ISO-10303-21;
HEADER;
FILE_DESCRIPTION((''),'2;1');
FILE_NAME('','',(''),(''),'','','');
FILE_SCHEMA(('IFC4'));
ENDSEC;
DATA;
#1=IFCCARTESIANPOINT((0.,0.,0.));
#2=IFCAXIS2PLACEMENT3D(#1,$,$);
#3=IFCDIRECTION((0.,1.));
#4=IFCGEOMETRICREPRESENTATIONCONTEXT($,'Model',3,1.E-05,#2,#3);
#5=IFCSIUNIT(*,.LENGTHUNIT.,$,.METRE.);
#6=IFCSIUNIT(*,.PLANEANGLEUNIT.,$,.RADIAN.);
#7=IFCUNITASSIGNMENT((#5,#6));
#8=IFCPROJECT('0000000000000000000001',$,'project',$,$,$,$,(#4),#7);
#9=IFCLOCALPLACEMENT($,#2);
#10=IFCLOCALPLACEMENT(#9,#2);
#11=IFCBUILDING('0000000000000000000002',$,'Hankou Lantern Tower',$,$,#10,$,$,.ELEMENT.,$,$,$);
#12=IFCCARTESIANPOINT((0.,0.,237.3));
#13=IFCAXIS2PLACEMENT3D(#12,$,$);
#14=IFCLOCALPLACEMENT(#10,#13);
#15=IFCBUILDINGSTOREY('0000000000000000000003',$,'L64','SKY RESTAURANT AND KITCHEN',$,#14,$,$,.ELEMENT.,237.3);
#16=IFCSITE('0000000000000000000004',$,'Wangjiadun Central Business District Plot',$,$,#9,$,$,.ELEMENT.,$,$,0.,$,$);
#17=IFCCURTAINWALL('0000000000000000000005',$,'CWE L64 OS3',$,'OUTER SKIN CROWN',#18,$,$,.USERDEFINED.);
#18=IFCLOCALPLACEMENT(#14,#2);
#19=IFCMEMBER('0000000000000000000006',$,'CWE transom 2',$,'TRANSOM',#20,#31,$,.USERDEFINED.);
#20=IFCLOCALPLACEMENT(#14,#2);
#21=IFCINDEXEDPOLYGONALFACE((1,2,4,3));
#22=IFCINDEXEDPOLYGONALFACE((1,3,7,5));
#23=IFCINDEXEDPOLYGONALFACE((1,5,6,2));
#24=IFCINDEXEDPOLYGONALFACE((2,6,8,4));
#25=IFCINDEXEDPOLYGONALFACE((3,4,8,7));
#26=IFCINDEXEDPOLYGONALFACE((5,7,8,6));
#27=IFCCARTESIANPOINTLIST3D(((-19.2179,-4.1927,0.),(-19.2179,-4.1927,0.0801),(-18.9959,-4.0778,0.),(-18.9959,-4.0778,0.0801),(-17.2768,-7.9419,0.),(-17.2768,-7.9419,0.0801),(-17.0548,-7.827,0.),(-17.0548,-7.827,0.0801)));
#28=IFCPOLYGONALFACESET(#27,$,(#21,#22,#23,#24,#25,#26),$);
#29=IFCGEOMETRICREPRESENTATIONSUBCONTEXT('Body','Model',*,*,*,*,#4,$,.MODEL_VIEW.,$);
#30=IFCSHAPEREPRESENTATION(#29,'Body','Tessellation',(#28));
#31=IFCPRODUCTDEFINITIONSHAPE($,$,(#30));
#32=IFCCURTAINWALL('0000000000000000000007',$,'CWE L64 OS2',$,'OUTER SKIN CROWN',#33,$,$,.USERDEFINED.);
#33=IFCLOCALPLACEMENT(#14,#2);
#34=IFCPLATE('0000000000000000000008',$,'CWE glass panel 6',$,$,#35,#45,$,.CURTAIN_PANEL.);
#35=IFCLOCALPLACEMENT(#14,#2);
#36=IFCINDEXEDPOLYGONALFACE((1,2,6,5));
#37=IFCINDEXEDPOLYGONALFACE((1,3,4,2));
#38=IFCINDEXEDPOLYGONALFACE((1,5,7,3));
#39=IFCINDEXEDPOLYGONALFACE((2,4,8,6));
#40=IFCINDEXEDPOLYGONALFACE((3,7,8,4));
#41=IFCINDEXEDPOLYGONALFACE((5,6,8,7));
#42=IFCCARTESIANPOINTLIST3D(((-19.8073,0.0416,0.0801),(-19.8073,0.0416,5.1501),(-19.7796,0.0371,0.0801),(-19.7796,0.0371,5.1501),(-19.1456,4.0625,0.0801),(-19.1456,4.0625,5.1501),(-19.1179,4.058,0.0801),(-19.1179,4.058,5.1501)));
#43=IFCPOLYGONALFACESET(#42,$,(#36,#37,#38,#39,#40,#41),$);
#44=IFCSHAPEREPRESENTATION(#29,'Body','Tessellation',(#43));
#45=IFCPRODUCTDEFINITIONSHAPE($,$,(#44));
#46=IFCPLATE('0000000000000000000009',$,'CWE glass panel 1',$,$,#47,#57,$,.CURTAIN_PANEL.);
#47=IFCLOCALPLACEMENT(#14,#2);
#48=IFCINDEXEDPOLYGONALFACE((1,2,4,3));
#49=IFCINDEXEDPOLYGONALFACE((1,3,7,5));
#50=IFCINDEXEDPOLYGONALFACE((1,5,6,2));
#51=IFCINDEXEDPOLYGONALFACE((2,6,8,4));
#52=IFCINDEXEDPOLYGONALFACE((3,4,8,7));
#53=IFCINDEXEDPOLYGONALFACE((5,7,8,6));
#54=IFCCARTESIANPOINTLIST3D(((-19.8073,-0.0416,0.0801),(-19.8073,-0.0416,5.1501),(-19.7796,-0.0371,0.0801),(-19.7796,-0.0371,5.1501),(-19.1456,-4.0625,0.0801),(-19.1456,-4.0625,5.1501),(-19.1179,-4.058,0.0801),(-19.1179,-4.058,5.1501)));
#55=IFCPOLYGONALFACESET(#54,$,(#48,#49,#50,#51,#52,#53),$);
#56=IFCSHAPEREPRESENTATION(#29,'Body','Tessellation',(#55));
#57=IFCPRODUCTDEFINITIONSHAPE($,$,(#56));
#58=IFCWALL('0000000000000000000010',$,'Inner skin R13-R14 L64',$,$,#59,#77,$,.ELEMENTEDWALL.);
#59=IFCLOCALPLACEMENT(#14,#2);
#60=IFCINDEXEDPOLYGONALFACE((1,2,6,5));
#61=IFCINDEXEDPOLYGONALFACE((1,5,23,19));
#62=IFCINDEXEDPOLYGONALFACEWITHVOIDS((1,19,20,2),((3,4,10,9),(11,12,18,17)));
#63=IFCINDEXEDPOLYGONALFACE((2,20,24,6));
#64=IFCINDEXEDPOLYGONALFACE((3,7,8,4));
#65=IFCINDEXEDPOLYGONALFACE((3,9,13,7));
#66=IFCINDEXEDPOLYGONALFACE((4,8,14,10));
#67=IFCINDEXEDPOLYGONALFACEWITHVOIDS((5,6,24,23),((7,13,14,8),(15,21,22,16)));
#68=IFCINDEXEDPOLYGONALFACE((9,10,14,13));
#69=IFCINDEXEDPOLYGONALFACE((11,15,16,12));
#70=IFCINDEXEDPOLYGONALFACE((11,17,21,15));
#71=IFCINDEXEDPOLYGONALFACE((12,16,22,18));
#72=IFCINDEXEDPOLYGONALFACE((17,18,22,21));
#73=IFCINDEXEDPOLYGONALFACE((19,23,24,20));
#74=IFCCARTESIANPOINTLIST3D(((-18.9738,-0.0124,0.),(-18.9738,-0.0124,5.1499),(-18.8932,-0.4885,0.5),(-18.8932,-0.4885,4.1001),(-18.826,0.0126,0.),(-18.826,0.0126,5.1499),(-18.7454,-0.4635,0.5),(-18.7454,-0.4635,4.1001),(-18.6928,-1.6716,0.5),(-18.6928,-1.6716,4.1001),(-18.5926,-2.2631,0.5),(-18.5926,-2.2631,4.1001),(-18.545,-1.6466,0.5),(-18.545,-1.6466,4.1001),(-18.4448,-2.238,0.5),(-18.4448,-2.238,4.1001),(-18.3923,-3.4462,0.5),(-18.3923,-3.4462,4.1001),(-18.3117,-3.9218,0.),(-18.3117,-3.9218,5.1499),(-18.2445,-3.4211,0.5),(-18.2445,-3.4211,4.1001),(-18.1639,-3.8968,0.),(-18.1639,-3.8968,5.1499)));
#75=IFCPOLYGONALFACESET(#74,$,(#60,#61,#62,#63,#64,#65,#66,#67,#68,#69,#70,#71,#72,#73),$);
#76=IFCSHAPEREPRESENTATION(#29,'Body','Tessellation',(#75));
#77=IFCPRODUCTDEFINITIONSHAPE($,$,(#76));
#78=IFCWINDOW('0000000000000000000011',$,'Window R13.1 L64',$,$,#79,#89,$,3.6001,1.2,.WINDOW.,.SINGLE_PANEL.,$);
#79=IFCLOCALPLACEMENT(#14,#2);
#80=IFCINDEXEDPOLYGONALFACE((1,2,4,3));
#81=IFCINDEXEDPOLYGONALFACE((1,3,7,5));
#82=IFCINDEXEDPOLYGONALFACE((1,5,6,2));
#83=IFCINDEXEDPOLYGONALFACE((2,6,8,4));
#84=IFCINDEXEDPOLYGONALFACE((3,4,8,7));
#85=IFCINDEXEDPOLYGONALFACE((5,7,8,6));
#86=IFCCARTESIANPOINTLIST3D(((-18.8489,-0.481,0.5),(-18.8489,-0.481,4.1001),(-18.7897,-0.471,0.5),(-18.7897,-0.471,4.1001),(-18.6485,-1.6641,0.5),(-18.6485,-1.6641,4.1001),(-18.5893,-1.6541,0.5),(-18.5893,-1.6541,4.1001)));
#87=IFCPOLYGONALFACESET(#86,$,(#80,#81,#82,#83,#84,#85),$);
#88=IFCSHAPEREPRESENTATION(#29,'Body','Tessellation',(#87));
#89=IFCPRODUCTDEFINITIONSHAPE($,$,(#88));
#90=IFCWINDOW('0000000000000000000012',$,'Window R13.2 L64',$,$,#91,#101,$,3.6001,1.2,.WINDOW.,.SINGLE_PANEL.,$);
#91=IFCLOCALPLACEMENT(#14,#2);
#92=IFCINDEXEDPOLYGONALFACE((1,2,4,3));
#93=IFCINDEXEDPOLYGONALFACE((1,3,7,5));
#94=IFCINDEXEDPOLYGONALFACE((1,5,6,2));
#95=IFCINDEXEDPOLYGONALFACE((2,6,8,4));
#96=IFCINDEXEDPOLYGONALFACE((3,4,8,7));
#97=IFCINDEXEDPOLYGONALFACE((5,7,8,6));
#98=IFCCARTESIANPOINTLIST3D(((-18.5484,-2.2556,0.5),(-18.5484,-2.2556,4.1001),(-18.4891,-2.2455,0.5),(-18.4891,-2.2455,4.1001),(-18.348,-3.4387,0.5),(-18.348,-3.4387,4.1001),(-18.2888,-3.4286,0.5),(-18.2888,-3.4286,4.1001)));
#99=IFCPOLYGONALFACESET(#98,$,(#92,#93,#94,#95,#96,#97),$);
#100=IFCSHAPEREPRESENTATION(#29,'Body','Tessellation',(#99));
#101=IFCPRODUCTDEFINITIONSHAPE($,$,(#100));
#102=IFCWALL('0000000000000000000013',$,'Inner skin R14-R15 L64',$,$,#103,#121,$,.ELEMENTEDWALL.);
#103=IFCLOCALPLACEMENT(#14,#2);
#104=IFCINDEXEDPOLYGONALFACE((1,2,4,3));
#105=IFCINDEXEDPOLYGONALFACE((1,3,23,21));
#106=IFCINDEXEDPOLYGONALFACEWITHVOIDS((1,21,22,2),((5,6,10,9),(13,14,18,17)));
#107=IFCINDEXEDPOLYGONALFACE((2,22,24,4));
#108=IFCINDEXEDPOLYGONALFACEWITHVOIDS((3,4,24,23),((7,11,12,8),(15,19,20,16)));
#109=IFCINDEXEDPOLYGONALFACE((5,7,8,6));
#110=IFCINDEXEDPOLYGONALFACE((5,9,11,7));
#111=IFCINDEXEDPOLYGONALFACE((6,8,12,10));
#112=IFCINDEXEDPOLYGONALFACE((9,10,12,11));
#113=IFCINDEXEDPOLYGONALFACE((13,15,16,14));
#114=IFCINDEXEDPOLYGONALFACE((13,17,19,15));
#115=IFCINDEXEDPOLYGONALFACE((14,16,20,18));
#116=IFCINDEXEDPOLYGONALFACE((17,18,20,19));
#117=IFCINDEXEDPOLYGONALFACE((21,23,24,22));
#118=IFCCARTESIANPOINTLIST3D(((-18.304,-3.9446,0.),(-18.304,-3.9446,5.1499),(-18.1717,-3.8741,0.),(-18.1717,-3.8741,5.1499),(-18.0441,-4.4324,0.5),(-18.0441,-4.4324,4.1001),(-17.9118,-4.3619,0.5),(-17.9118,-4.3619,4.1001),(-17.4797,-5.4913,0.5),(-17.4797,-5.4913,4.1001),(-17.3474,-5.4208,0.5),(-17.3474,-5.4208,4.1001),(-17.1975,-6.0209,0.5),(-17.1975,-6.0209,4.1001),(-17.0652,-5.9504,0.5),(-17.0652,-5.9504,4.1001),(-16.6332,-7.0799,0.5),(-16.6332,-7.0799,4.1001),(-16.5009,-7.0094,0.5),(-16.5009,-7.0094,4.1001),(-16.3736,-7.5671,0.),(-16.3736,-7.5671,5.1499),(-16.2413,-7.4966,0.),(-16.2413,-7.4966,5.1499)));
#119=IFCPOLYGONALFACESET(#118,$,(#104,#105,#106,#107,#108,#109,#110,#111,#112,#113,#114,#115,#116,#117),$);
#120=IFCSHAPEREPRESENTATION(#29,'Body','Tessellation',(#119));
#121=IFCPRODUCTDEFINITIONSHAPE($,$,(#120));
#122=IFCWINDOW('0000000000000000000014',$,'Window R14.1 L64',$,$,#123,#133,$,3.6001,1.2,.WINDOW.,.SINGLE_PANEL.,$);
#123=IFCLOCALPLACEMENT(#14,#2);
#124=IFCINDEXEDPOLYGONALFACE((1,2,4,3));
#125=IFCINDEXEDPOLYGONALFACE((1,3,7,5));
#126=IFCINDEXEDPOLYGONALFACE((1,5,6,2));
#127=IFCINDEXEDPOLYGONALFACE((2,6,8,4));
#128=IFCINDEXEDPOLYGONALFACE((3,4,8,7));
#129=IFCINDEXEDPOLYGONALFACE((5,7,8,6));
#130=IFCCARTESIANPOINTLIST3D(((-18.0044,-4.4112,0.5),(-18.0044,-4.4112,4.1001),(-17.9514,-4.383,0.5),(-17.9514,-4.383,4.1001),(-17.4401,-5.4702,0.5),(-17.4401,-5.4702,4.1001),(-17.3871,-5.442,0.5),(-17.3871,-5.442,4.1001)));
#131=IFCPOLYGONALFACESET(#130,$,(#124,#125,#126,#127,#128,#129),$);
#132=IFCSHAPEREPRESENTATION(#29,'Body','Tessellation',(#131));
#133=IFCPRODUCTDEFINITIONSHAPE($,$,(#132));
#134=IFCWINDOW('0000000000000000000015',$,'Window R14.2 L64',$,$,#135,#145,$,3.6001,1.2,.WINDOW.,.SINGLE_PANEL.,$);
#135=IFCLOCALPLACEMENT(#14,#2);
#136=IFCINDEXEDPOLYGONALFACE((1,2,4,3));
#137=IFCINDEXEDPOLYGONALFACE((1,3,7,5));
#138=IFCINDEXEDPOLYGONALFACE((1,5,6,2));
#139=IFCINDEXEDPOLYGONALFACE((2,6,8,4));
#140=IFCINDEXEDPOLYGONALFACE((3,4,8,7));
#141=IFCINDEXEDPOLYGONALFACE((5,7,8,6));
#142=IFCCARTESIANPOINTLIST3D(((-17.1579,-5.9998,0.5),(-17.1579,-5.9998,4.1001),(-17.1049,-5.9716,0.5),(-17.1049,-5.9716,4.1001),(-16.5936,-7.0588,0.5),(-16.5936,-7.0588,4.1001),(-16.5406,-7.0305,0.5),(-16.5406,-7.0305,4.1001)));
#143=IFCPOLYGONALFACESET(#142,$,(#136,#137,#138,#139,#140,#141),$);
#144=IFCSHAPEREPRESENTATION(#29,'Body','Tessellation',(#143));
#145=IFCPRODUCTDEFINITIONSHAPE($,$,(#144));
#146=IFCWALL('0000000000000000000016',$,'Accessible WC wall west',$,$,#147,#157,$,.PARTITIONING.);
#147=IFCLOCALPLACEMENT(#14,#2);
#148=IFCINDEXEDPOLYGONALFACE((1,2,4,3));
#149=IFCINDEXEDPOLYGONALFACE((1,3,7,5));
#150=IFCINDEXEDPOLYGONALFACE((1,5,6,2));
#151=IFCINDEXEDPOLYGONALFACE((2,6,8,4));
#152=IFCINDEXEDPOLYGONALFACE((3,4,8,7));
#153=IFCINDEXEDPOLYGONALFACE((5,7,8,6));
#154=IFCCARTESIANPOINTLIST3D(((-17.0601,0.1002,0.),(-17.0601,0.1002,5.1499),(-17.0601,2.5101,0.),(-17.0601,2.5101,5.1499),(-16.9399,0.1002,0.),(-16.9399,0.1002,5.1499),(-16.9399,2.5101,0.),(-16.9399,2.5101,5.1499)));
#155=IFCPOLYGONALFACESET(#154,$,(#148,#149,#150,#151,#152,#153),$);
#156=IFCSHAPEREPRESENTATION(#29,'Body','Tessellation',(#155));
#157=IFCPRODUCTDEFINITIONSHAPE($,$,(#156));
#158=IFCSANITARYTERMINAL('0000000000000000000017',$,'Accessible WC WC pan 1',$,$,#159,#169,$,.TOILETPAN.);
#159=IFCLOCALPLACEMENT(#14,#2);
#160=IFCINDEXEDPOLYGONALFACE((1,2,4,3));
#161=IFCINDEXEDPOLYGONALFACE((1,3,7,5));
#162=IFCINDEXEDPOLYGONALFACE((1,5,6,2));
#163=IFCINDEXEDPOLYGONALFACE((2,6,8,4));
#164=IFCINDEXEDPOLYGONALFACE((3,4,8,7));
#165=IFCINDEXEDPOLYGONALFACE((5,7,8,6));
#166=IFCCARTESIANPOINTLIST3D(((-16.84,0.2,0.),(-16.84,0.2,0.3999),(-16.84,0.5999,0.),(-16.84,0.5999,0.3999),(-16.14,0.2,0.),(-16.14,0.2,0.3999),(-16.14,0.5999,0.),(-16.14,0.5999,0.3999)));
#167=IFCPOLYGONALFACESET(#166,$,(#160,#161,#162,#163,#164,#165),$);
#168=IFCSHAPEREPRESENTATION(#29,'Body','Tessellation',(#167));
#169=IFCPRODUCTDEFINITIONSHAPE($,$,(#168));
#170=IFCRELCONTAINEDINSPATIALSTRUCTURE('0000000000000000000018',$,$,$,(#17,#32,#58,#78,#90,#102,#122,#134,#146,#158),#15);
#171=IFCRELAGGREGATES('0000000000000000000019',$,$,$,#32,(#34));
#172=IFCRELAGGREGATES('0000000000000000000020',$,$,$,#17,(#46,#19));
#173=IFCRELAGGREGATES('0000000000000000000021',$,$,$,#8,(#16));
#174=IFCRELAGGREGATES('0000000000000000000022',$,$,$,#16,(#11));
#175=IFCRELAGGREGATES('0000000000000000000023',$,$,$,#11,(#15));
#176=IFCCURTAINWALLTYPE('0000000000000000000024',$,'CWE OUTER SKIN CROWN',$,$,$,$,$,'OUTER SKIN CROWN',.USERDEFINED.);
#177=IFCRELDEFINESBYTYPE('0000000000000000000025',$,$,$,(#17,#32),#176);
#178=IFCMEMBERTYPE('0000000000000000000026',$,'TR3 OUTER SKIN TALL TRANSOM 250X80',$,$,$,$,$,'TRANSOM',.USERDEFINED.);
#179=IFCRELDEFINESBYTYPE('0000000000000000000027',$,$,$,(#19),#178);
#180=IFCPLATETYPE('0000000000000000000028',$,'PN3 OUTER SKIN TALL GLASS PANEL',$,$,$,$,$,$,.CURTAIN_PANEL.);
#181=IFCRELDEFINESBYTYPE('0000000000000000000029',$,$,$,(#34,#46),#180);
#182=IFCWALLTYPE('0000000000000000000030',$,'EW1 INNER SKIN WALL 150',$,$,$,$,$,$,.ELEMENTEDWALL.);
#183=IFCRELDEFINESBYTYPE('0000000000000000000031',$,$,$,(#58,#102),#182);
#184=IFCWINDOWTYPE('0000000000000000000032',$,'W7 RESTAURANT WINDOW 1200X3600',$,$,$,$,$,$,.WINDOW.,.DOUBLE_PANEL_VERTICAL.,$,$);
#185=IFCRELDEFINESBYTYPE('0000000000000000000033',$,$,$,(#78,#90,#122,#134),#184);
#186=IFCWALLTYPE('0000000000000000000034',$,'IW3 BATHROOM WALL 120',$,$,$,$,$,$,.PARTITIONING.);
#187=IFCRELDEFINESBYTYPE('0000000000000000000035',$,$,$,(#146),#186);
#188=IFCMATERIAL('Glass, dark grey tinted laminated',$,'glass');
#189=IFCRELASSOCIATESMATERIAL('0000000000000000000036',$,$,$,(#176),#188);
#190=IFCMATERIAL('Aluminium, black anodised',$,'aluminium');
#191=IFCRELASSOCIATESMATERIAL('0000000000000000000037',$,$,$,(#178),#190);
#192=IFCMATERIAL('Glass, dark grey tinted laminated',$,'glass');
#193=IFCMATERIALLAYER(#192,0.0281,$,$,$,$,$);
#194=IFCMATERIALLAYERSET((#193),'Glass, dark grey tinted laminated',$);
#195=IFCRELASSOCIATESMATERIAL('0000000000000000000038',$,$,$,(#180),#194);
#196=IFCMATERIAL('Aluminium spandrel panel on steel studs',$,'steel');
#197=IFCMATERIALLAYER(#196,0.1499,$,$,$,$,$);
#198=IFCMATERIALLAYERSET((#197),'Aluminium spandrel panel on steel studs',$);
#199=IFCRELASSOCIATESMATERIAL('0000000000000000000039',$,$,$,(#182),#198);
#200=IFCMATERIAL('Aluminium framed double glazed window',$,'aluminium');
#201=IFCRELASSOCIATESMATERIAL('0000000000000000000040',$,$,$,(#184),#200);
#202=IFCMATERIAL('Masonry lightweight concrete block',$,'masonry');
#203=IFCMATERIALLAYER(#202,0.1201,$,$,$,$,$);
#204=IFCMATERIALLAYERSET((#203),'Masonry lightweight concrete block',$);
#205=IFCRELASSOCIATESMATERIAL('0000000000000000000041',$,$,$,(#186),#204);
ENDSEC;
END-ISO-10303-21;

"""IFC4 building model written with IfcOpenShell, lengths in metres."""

from ifc_helpers import new_model, si_unit, direction, frame, frame_2d, origin, origin_2d, place, context, subcontext, project, spatial, rectangle, extrude, material, layer, layer_set, material_profile, profile_set, type_object, element, fill, aggregate, save


model = new_model("IFC4")

# Units and contexts
model_context = context("Model", 3, precision=1e-05, world=origin(), true_north=direction((0.0, 1.0)))
body_context = subcontext(model_context, "Body", "Model", "MODEL_VIEW")
ifc_project = project(units=[si_unit("LENGTHUNIT", "METRE"), si_unit("PLANEANGLEUNIT", "RADIAN")], contexts=[model_context])

# Site, building, storey
site_placement = place(None, origin())
site = spatial("IfcSite", under=ifc_project, at=site_placement, Name="Wangjiadun Central Business District Plot", CompositionType="ELEMENT", RefElevation=0.0)
building_placement = place(site_placement, origin())
building = spatial("IfcBuilding", under=site, at=building_placement, Name="Hankou Lantern Tower", CompositionType="ELEMENT")
storey_placement = place(building_placement, frame((0.0, 0.0, 237.3)))
storey = spatial("IfcBuildingStorey", under=building, at=storey_placement, Name="L64", Description="SKY RESTAURANT AND KITCHEN", CompositionType="ELEMENT", Elevation=237.3)

# Curtain wall
ifc_material_1 = material(Name="Glass, dark grey tinted laminated", Category="glass")
curtain_wall_type = type_object("IfcCurtainWallType", Name="CWE OUTER SKIN CROWN", ElementType="OUTER SKIN CROWN", PredefinedType="USERDEFINED", material=ifc_material_1)
curtain_wall_1_placement = place(storey_placement, origin())
curtain_wall_1 = element("IfcCurtainWall", 1, at=curtain_wall_1_placement, inside=storey, type_object=curtain_wall_type, Name="CWE L64 OS3", ObjectType="OUTER SKIN CROWN", PredefinedType="USERDEFINED")

# Member
ifc_material_2 = material(Name="Aluminium, black anodised", Category="aluminium")
ifc_material_profile_1 = material_profile(ifc_material_2, rectangle(XDim=0.25, YDim=0.0801, at=origin_2d()), Name="TR3 250X80")
ifc_profile_set_1 = profile_set([ifc_material_profile_1], Name="Aluminium, black anodised")
member_type_1 = type_object("IfcMemberType", Name="TR3 OUTER SKIN TALL TRANSOM 250X80", ElementType="TRANSOM", PredefinedType="USERDEFINED", material=ifc_profile_set_1)
member_1_placement = place(storey_placement, frame((-19.1069, -4.1353, 0.04), z_axis=(0.459775, -0.888035, 0.0), x_axis=(0.888035, 0.459775, 0.0)))
member_1 = element("IfcMember", 2, at=member_1_placement, type_object=member_type_1, Name="CWE transom 2", ObjectType="TRANSOM", PredefinedType="USERDEFINED", context=body_context, shape_type="SweptSolid", body=[
    extrude(rectangle(XDim=0.25, YDim=0.0801, at=origin_2d()), origin(), (0.0, 0.0, 1.0), 4.2219),
])

# Curtain wall, plate
curtain_wall_2_placement = place(storey_placement, origin())
curtain_wall_2 = element("IfcCurtainWall", 3, at=curtain_wall_2_placement, inside=storey, type_object=curtain_wall_type, Name="CWE L64 OS2", ObjectType="OUTER SKIN CROWN", PredefinedType="USERDEFINED")
ifc_material_3 = material(Name="Glass, dark grey tinted laminated", Category="glass")
ifc_layer_1 = layer(ifc_material_3, 0.0281)
ifc_layer_set_1 = layer_set([ifc_layer_1], Name="Glass, dark grey tinted laminated")
plate_type = type_object("IfcPlateType", Name="PN3 OUTER SKIN TALL GLASS PANEL", PredefinedType="CURTAIN_PANEL", material=ifc_layer_set_1)
plate_1_placement = place(storey_placement, frame((-19.4626, 2.0498, 0.0801), z_axis=(0.0, 0.0, 1.0), x_axis=(-0.162382, -0.986728, 0.0)))
plate_1 = element("IfcPlate", 4, at=plate_1_placement, type_object=plate_type, Name="CWE glass panel 6", PredefinedType="CURTAIN_PANEL", context=body_context, shape_type="SweptSolid", body=[
    extrude(rectangle(XDim=4.075, YDim=0.0281, at=origin_2d()), origin(), (0.0, 0.0, 1.0), 5.0701),
])
aggregate(curtain_wall_2, [plate_1])

# Plate
plate_2_placement = place(storey_placement, frame((-19.4626, -2.0498, 0.0801), z_axis=(0.0, 0.0, 1.0), x_axis=(0.162382, -0.986728, 0.0)))
plate_2 = element("IfcPlate", 5, at=plate_2_placement, type_object=plate_type, Name="CWE glass panel 1", PredefinedType="CURTAIN_PANEL", context=body_context, shape_type="SweptSolid", body=[
    extrude(rectangle(XDim=4.075, YDim=0.0281, at=origin_2d()), origin(), (0.0, 0.0, 1.0), 5.0701),
])
aggregate(curtain_wall_1, [plate_2, member_1])

# Walls, openings, windows
ifc_material_4 = material(Name="Aluminium spandrel panel on steel studs", Category="steel")
ifc_layer_2 = layer(ifc_material_4, 0.1499)
ifc_layer_set_2 = layer_set([ifc_layer_2], Name="Aluminium spandrel panel on steel studs")
wall_type_1 = type_object("IfcWallType", Name="EW1 INNER SKIN WALL 150", PredefinedType="ELEMENTEDWALL", material=ifc_layer_set_2)
wall_1_placement = place(storey_placement, frame((-18.8999, 0.0, 0.0), z_axis=(0.0, 0.0, 1.0), x_axis=(0.166984, -0.98596, 0.0)))
wall_1 = element("IfcWall", 6, at=wall_1_placement, inside=storey, type_object=wall_type_1, Name="Inner skin R13-R14 L64", PredefinedType="ELEMENTEDWALL", context=body_context, shape_type="SweptSolid", body=[
    extrude(rectangle(XDim=3.9651, YDim=0.1499, at=frame_2d((1.9824, 0.0))), origin(), (0.0, 0.0, 1.0), 5.1499),
])
opening_1_placement = place(wall_1_placement, frame((0.4827, 0.0, 0.5)))
opening_1 = element("IfcOpeningElement", 7, at=opening_1_placement, cuts=wall_1, PredefinedType="OPENING", context=body_context, shape_type="SweptSolid", body=[
    extrude(rectangle(XDim=1.2, YDim=3.6001, at=frame_2d((0.6001, 1.8))), frame((0.0, 0.085, 0.0), z_axis=(0.0, -1.0, 0.0), x_axis=(1.0, 0.0, 0.0)), (0.0, 0.0, 1.0), 0.1699),
])
opening_2_placement = place(wall_1_placement, frame((2.2825, 0.0, 0.5)))
opening_2 = element("IfcOpeningElement", 8, at=opening_2_placement, cuts=wall_1, PredefinedType="OPENING", context=body_context, shape_type="SweptSolid", body=[
    extrude(rectangle(XDim=1.2, YDim=3.6001, at=frame_2d((0.6001, 1.8))), frame((0.0, 0.085, 0.0), z_axis=(0.0, -1.0, 0.0), x_axis=(1.0, 0.0, 0.0)), (0.0, 0.0, 1.0), 0.1699),
])
ifc_material_5 = material(Name="Aluminium framed double glazed window", Category="aluminium")
window_type = type_object("IfcWindowType", Name="W7 RESTAURANT WINDOW 1200X3600", PartitioningType="DOUBLE_PANEL_VERTICAL", PredefinedType="WINDOW", material=ifc_material_5)
window_1_placement = place(opening_1_placement, origin())
window_1 = element("IfcWindow", 9, at=window_1_placement, inside=storey, type_object=window_type, Name="Window R13.1 L64", OverallHeight=3.6001, OverallWidth=1.2, PartitioningType="SINGLE_PANEL", PredefinedType="WINDOW", context=body_context, shape_type="SweptSolid", body=[
    extrude(rectangle(XDim=1.2, YDim=3.6001, at=frame_2d((0.6001, 1.8))), frame((0.0, 0.03, 0.0), z_axis=(0.0, -1.0, 0.0), x_axis=(1.0, 0.0, 0.0)), (0.0, 0.0, 1.0), 0.0601),
])
fill(opening_1, window_1)
window_2_placement = place(opening_2_placement, origin())
window_2 = element("IfcWindow", 10, at=window_2_placement, inside=storey, type_object=window_type, Name="Window R13.2 L64", OverallHeight=3.6001, OverallWidth=1.2, PartitioningType="SINGLE_PANEL", PredefinedType="WINDOW", context=body_context, shape_type="SweptSolid", body=[
    extrude(rectangle(XDim=1.2, YDim=3.6001, at=frame_2d((0.6001, 1.8))), frame((0.0, 0.03, 0.0), z_axis=(0.0, -1.0, 0.0), x_axis=(1.0, 0.0, 0.0)), (0.0, 0.0, 1.0), 0.0601),
])
fill(opening_2, window_2)
wall_2_placement = place(storey_placement, frame((-18.2378, -3.9094, 0.0), z_axis=(0.0, 0.0, 1.0), x_axis=(0.470283, -0.882516, 0.0)))
wall_2 = element("IfcWall", 11, at=wall_2_placement, inside=storey, type_object=wall_type_1, Name="Inner skin R14-R15 L64", PredefinedType="ELEMENTEDWALL", context=body_context, shape_type="SweptSolid", body=[
    extrude(rectangle(XDim=4.1047, YDim=0.1499, at=frame_2d((2.0522, 0.0))), origin(), (0.0, 0.0, 1.0), 5.1499),
])
opening_3_placement = place(wall_2_placement, frame((0.5525, 0.0, 0.5)))
opening_3 = element("IfcOpeningElement", 12, at=opening_3_placement, cuts=wall_2, PredefinedType="OPENING", context=body_context, shape_type="SweptSolid", body=[
    extrude(rectangle(XDim=1.2, YDim=3.6001, at=frame_2d((0.6001, 1.8))), frame((0.0, 0.085, 0.0), z_axis=(0.0, -1.0, 0.0), x_axis=(1.0, 0.0, 0.0)), (0.0, 0.0, 1.0), 0.1699),
])
opening_4_placement = place(wall_2_placement, frame((2.3525, 0.0, 0.5)))
opening_4 = element("IfcOpeningElement", 13, at=opening_4_placement, cuts=wall_2, PredefinedType="OPENING", context=body_context, shape_type="SweptSolid", body=[
    extrude(rectangle(XDim=1.2, YDim=3.6001, at=frame_2d((0.6001, 1.8))), frame((0.0, 0.085, 0.0), z_axis=(0.0, -1.0, 0.0), x_axis=(1.0, 0.0, 0.0)), (0.0, 0.0, 1.0), 0.1699),
])
window_3_placement = place(opening_3_placement, origin())
window_3 = element("IfcWindow", 14, at=window_3_placement, inside=storey, type_object=window_type, Name="Window R14.1 L64", OverallHeight=3.6001, OverallWidth=1.2, PartitioningType="SINGLE_PANEL", PredefinedType="WINDOW", context=body_context, shape_type="SweptSolid", body=[
    extrude(rectangle(XDim=1.2, YDim=3.6001, at=frame_2d((0.6001, 1.8))), frame((0.0, 0.03, 0.0), z_axis=(0.0, -1.0, 0.0), x_axis=(1.0, 0.0, 0.0)), (0.0, 0.0, 1.0), 0.0601),
])
fill(opening_3, window_3)
window_4_placement = place(opening_4_placement, origin())
window_4 = element("IfcWindow", 15, at=window_4_placement, inside=storey, type_object=window_type, Name="Window R14.2 L64", OverallHeight=3.6001, OverallWidth=1.2, PartitioningType="SINGLE_PANEL", PredefinedType="WINDOW", context=body_context, shape_type="SweptSolid", body=[
    extrude(rectangle(XDim=1.2, YDim=3.6001, at=frame_2d((0.6001, 1.8))), frame((0.0, 0.03, 0.0), z_axis=(0.0, -1.0, 0.0), x_axis=(1.0, 0.0, 0.0)), (0.0, 0.0, 1.0), 0.0601),
])
fill(opening_4, window_4)

# Wall
ifc_material_6 = material(Name="Masonry lightweight concrete block", Category="masonry")
ifc_layer_3 = layer(ifc_material_6, 0.1201)
ifc_layer_set_3 = layer_set([ifc_layer_3], Name="Masonry lightweight concrete block")
wall_type_2 = type_object("IfcWallType", Name="IW3 BATHROOM WALL 120", PredefinedType="PARTITIONING", material=ifc_layer_set_3)
wall_3_placement = place(storey_placement, frame((-17.0, 0.1001, 0.0), z_axis=(0.0, 0.0, 1.0), x_axis=(0.0, 1.0, 0.0)))
element("IfcWall", 16, at=wall_3_placement, inside=storey, type_object=wall_type_2, Name="Accessible WC wall west", PredefinedType="PARTITIONING", context=body_context, shape_type="SweptSolid", body=[
    extrude(rectangle(XDim=2.4099, YDim=0.1201, at=frame_2d((1.2051, 0.0))), origin(), (0.0, 0.0, 1.0), 5.1499),
])

# Sanitary terminal
sanitary_terminal_placement = place(storey_placement, frame((-16.49, 0.3999, 0.0), z_axis=(0.0, 0.0, 1.0), x_axis=(0.0, 1.0, 0.0)))
element("IfcSanitaryTerminal", 17, at=sanitary_terminal_placement, inside=storey, Name="Accessible WC WC pan 1", PredefinedType="TOILETPAN", context=body_context, shape_type="SweptSolid", body=[
    extrude(rectangle(XDim=0.3999, YDim=0.7, at=origin_2d()), origin(), (0.0, 0.0, 1.0), 0.3999),
])

save(model, "model.ifc")
